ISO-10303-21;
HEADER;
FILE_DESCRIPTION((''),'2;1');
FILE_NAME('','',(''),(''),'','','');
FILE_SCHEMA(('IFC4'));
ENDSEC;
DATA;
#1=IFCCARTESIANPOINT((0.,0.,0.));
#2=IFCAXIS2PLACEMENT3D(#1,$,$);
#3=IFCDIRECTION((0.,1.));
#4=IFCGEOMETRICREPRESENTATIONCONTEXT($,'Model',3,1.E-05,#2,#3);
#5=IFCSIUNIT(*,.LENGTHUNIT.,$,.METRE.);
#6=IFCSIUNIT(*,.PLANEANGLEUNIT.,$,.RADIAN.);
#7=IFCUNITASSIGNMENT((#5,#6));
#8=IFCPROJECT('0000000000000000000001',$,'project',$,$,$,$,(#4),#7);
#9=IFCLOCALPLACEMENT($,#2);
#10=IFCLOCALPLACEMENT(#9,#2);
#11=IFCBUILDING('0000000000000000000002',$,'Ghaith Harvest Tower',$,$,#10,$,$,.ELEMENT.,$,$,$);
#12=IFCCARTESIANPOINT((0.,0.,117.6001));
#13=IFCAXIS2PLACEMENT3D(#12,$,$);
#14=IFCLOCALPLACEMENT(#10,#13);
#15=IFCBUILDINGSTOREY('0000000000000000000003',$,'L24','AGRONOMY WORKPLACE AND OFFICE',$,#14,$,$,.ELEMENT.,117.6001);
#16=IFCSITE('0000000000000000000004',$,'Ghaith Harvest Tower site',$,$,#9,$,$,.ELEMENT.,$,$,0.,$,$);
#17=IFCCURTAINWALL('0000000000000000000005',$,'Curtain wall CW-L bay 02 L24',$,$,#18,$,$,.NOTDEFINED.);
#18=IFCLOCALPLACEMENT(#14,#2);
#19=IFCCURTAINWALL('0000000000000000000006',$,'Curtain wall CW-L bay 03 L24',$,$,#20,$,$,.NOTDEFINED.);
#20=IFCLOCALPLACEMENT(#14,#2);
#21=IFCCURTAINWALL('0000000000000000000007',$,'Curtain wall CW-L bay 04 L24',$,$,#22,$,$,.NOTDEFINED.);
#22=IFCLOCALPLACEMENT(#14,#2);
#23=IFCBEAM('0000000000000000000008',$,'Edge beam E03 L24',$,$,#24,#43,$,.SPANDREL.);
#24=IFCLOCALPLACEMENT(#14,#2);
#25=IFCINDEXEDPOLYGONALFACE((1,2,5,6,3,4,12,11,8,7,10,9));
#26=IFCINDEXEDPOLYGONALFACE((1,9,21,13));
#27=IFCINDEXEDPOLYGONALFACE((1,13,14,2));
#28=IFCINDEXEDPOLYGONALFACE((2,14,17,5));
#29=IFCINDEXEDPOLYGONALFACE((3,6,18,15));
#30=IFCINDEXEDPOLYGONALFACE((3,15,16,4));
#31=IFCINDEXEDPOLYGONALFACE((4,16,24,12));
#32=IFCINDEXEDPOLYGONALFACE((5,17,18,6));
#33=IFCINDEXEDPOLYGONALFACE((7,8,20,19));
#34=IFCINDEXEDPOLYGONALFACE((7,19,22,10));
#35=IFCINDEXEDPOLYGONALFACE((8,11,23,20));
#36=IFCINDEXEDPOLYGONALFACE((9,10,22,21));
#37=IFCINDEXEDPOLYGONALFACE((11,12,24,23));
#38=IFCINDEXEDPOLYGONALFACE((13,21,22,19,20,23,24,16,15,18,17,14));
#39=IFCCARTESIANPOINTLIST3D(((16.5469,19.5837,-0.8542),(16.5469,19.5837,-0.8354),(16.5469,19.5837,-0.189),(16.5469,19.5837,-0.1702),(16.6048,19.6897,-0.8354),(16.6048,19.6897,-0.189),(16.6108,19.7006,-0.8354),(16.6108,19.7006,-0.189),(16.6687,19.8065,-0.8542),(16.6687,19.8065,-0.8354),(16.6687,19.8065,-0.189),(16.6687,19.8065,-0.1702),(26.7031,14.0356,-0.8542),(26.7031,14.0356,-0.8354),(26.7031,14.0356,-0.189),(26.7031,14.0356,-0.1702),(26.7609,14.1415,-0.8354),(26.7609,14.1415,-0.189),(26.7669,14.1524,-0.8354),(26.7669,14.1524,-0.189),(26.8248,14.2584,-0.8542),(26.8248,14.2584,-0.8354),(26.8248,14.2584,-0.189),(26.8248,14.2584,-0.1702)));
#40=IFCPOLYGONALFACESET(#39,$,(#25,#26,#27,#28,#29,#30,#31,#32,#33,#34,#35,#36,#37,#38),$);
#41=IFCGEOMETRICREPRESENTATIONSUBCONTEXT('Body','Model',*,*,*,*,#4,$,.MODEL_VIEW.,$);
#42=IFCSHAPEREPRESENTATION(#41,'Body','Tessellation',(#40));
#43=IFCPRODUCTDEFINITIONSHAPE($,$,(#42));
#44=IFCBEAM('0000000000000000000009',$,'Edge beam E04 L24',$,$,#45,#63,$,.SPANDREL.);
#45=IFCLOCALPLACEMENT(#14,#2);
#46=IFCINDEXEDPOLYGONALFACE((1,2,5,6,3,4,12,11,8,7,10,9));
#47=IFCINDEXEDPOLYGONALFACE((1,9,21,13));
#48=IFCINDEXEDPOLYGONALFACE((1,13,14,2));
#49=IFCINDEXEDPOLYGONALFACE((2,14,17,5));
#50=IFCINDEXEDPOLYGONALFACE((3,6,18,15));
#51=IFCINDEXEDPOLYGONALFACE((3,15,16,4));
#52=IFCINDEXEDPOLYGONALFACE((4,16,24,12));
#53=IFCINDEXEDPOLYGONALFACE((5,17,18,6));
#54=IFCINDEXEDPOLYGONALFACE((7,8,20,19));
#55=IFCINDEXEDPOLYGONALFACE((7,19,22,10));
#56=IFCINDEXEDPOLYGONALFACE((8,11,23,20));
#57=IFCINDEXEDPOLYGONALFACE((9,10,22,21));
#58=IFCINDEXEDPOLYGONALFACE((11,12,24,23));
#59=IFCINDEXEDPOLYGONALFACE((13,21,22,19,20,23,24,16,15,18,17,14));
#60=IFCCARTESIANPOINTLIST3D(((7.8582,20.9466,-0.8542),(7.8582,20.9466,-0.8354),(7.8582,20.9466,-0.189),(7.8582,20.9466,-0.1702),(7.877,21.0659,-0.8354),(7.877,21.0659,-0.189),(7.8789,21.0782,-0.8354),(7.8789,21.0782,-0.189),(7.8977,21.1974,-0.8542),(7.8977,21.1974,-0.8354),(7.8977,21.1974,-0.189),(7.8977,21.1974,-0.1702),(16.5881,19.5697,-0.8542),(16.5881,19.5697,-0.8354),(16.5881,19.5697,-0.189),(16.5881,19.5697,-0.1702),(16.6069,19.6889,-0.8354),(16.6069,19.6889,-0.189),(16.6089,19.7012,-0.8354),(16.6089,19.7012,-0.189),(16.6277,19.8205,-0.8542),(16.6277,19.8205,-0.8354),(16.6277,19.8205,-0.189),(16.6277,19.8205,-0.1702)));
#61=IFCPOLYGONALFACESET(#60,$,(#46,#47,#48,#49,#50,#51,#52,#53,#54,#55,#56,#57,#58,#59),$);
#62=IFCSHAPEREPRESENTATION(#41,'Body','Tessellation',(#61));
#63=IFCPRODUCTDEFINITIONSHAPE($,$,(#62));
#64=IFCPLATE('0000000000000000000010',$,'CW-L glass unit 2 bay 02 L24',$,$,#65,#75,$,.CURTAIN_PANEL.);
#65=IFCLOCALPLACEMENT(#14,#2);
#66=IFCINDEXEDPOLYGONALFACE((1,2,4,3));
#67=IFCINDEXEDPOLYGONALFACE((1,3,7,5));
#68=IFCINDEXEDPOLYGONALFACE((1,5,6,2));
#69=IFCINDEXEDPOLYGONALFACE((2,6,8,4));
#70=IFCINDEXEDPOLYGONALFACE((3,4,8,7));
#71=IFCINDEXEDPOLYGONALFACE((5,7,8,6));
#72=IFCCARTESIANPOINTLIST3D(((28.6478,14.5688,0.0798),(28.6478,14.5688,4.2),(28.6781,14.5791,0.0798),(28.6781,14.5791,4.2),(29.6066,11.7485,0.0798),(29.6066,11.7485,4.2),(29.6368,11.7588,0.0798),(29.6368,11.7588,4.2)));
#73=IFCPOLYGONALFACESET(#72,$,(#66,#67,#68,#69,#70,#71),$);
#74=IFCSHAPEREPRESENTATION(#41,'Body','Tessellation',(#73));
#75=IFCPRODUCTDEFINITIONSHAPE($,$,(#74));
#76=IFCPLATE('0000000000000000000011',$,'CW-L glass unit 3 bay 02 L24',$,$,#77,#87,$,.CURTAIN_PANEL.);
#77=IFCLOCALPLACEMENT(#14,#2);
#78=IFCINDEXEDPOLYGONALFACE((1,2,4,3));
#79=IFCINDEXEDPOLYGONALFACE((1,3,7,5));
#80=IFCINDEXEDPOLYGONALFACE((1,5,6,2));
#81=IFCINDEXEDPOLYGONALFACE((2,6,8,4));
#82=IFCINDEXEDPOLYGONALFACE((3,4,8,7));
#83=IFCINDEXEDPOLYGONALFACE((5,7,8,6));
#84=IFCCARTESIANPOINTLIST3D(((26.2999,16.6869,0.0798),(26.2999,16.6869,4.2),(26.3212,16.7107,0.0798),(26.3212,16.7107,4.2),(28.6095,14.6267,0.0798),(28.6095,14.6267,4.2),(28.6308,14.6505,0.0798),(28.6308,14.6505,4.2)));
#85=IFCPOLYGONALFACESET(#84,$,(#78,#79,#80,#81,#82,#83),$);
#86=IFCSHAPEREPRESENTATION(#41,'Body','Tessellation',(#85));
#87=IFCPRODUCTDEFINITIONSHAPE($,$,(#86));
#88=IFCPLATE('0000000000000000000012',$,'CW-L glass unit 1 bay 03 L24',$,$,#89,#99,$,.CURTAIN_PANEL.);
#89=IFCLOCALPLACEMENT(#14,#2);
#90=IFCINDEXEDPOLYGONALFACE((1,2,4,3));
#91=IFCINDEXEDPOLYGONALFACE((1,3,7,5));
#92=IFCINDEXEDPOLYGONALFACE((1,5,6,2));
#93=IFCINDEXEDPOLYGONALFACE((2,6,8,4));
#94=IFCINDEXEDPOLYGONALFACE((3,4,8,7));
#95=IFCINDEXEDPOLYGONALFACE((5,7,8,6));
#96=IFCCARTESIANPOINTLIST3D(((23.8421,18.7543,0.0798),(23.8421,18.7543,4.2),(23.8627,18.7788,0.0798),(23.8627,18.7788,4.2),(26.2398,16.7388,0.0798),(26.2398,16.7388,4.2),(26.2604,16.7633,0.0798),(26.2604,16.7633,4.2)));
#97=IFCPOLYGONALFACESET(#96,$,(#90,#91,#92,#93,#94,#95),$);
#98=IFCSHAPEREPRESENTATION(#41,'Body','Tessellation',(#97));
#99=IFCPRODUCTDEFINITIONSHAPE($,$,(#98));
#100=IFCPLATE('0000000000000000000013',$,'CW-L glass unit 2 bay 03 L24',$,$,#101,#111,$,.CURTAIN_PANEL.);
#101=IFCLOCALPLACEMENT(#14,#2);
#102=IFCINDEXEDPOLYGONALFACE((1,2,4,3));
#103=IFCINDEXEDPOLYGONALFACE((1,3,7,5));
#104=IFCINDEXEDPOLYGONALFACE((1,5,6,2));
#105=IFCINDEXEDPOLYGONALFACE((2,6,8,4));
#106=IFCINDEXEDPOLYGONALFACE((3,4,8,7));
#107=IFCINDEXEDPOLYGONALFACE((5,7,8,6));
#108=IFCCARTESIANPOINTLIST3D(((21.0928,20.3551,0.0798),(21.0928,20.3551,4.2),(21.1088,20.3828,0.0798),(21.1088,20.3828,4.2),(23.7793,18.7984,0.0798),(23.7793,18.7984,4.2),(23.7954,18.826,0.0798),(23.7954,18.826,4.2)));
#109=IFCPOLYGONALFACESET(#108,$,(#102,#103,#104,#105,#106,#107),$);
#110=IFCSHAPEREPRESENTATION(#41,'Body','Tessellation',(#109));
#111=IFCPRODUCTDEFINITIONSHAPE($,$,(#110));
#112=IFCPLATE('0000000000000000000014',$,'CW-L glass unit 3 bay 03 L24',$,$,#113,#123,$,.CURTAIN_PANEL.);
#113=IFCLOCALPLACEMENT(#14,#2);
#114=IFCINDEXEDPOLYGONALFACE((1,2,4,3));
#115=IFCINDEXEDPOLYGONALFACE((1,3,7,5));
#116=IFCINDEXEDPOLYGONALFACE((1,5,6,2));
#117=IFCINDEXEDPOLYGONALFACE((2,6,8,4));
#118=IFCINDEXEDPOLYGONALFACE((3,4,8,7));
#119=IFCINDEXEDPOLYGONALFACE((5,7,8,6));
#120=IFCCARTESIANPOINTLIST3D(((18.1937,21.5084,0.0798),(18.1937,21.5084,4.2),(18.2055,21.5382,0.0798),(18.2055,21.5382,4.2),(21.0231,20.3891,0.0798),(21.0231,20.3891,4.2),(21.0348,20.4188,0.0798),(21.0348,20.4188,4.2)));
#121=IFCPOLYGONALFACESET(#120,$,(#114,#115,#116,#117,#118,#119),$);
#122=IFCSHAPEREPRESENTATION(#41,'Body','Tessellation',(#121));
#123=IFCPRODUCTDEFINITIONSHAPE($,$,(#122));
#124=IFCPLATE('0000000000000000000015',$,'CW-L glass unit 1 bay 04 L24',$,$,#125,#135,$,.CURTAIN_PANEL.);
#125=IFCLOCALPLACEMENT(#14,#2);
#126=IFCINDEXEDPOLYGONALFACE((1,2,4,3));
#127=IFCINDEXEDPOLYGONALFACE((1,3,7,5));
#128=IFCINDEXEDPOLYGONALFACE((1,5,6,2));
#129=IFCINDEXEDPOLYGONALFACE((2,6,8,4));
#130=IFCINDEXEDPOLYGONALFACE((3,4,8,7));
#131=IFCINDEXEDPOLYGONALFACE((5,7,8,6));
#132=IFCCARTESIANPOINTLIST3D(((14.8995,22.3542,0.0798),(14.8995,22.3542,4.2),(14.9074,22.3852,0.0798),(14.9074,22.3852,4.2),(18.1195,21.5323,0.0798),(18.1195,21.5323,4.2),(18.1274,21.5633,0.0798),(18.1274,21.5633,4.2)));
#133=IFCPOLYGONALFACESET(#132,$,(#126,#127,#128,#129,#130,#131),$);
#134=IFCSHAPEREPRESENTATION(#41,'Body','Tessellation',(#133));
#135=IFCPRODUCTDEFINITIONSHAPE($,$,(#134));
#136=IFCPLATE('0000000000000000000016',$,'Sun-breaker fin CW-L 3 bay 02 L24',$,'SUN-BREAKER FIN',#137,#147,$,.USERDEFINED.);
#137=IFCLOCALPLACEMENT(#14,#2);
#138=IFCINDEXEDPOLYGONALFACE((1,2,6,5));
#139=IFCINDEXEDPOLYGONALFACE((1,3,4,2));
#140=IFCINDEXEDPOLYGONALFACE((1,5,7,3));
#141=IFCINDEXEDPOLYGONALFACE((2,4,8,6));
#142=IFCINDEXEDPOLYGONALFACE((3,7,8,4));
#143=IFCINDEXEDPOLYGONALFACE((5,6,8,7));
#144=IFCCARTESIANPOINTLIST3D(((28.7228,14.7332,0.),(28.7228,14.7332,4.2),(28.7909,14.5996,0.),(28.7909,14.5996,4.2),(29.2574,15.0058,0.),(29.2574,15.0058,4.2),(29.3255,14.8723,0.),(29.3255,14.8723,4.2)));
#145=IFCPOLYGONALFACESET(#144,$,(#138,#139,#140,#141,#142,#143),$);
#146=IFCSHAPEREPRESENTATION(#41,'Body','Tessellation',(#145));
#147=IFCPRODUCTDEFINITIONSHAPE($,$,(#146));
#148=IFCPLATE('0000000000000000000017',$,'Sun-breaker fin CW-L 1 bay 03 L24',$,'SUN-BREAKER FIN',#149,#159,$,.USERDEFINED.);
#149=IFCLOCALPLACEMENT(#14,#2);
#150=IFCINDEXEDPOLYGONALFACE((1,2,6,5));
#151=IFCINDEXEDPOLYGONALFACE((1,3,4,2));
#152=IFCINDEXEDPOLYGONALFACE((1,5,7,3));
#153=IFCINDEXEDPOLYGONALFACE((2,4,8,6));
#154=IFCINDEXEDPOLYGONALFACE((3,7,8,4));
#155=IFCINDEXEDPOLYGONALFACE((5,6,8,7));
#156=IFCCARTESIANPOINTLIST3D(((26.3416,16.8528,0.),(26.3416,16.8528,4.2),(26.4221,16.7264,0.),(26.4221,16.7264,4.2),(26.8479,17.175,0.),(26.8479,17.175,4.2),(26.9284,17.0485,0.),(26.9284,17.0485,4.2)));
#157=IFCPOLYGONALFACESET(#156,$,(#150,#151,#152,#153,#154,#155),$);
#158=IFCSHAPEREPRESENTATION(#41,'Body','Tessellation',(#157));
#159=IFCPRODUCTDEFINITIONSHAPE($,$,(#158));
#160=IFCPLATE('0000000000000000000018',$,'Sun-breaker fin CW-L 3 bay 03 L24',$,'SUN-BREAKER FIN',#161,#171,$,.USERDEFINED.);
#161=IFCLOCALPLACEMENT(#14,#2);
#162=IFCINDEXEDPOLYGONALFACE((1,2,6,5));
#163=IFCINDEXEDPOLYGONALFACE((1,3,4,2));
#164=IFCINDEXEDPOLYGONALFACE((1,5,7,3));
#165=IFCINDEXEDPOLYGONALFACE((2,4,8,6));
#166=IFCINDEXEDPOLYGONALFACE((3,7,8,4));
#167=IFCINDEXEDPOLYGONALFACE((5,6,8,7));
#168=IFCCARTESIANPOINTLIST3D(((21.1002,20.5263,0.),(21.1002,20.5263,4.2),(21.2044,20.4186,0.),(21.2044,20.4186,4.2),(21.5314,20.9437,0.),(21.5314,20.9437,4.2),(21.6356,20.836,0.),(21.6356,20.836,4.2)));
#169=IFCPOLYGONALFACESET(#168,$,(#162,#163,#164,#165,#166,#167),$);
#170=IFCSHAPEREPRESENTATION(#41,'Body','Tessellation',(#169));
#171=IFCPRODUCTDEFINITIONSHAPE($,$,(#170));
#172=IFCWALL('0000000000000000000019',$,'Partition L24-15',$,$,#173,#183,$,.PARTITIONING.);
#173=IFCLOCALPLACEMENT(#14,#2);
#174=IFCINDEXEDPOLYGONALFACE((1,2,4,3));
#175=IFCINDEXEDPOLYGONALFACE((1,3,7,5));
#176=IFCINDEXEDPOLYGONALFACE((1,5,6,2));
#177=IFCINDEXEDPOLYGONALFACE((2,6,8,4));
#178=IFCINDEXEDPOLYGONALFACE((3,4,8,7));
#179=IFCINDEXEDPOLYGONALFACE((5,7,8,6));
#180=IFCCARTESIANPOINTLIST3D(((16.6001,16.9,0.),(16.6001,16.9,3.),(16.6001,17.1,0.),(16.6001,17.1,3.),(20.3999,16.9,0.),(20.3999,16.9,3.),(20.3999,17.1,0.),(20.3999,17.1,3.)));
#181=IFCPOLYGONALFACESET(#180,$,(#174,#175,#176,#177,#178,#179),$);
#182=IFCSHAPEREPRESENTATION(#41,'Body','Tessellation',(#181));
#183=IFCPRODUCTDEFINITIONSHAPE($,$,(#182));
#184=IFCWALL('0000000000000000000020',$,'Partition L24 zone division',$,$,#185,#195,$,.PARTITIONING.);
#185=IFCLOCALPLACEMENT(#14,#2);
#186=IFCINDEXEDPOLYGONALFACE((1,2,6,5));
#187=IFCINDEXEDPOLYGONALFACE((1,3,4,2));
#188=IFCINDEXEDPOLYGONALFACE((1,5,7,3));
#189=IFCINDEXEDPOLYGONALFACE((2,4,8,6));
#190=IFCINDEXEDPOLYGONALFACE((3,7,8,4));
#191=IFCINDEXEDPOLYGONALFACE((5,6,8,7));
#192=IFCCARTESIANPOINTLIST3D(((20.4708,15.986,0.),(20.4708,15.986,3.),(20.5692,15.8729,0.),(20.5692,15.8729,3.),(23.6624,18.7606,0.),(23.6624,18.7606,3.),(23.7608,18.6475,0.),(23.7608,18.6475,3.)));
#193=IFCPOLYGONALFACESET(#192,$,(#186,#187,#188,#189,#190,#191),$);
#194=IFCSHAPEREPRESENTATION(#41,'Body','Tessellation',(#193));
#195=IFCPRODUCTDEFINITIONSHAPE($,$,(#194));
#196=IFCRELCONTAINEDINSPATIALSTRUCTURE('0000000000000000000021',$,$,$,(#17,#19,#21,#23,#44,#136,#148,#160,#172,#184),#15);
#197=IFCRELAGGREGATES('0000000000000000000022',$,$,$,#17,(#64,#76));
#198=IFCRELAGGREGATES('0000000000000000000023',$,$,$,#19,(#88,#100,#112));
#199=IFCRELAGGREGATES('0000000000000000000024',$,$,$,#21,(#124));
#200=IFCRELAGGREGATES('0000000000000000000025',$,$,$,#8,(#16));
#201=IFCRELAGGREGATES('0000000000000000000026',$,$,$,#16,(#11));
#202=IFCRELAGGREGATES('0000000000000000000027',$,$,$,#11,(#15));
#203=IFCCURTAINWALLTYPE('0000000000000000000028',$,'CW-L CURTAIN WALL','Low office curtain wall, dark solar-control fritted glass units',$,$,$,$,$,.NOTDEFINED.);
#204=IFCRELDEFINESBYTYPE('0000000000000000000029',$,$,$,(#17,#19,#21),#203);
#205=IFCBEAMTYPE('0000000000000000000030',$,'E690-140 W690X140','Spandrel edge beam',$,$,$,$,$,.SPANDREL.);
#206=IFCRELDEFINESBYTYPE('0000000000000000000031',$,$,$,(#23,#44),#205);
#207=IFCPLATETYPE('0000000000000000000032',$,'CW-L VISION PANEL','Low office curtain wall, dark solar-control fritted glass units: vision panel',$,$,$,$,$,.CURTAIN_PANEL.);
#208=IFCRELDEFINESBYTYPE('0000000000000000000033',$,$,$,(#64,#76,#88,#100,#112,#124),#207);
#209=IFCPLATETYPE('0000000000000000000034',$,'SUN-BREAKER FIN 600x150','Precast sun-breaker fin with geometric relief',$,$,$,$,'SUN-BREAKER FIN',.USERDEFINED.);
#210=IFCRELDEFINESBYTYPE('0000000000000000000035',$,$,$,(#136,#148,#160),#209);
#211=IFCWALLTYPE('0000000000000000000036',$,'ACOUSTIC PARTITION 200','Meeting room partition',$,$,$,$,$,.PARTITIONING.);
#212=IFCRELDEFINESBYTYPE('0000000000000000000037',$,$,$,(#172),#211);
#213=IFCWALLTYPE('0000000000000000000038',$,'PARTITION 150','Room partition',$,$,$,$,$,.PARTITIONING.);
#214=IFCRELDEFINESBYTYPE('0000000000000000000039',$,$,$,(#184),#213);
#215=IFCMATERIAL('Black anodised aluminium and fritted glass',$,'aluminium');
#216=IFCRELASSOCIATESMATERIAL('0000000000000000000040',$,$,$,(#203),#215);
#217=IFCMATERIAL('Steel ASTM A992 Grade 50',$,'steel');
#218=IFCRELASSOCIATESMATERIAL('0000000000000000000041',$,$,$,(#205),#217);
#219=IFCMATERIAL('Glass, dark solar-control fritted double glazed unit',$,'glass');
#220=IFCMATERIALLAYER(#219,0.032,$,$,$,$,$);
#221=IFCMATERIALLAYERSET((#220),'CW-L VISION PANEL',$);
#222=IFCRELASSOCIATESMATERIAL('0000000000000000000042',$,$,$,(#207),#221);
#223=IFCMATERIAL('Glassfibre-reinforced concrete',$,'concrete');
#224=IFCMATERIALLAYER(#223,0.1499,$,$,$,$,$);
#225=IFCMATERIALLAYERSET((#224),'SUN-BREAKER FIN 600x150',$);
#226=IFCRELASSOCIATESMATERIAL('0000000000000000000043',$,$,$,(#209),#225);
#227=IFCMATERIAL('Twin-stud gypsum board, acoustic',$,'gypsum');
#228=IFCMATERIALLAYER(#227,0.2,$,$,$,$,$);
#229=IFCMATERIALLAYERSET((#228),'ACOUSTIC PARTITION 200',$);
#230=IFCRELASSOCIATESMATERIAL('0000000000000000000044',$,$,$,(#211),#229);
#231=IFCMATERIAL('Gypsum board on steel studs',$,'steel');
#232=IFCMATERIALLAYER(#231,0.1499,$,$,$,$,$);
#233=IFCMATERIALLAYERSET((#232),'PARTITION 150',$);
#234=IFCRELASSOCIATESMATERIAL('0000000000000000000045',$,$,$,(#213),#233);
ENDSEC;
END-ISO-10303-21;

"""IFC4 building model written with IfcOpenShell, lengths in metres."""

from ifc_helpers import new_model, si_unit, direction, frame, frame_2d, origin, origin_2d, place, context, subcontext, project, spatial, rectangle, i_section, extrude, material, layer, layer_set, material_profile, profile_set, type_object, element, aggregate, save


model = new_model("IFC4")

# Units and contexts
model_context = context("Model", 3, precision=1e-05, world=origin(), true_north=direction((0.0, 1.0)))
body_context = subcontext(model_context, "Body", "Model", "MODEL_VIEW")
ifc_project = project(units=[si_unit("LENGTHUNIT", "METRE"), si_unit("PLANEANGLEUNIT", "RADIAN")], contexts=[model_context])

# Site, building, storey
site_placement = place(None, origin())
site = spatial("IfcSite", under=ifc_project, at=site_placement, Name="Ghaith Harvest Tower site", CompositionType="ELEMENT", RefElevation=0.0)
building_placement = place(site_placement, origin())
building = spatial("IfcBuilding", under=site, at=building_placement, Name="Ghaith Harvest Tower", CompositionType="ELEMENT")
storey_placement = place(building_placement, frame((0.0, 0.0, 117.6001)))
storey = spatial("IfcBuildingStorey", under=building, at=storey_placement, Name="L24", Description="AGRONOMY WORKPLACE AND OFFICE", CompositionType="ELEMENT", Elevation=117.6001)

# Curtain wall
ifc_material_1 = material(Name="Black anodised aluminium and fritted glass", Category="aluminium")
curtain_wall_type = type_object("IfcCurtainWallType", Name="CW-L CURTAIN WALL", Description="Low office curtain wall, dark solar-control fritted glass units", PredefinedType="NOTDEFINED", material=ifc_material_1)
curtain_wall_1_placement = place(storey_placement, origin())
curtain_wall_1 = element("IfcCurtainWall", 1, at=curtain_wall_1_placement, inside=storey, type_object=curtain_wall_type, Name="Curtain wall CW-L bay 02 L24", PredefinedType="NOTDEFINED")

# Curtain walls
curtain_wall_2_placement = place(storey_placement, origin())
curtain_wall_2 = element("IfcCurtainWall", 2, at=curtain_wall_2_placement, inside=storey, type_object=curtain_wall_type, Name="Curtain wall CW-L bay 03 L24", PredefinedType="NOTDEFINED")
curtain_wall_3_placement = place(storey_placement, origin())
curtain_wall_3 = element("IfcCurtainWall", 3, at=curtain_wall_3_placement, inside=storey, type_object=curtain_wall_type, Name="Curtain wall CW-L bay 04 L24", PredefinedType="NOTDEFINED")

# Beams
ifc_material_2 = material(Name="Steel ASTM A992 Grade 50", Category="steel")
ifc_material_profile_1 = material_profile(ifc_material_2, i_section(OverallWidth=0.2539, OverallDepth=0.6841, WebThickness=0.0125, FlangeThickness=0.0188, at=origin_2d()), Name="W690X140")
ifc_profile_set_1 = profile_set([ifc_material_profile_1], Name="Steel ASTM A992 Grade 50")
beam_type = type_object("IfcBeamType", Name="E690-140 W690X140", Description="Spandrel edge beam", PredefinedType="SPANDREL", material=ifc_profile_set_1)
beam_1_placement = place(storey_placement, frame((26.7639, 14.147, -0.5122), z_axis=(-0.877588, 0.479415, 0.0), x_axis=(-0.479415, -0.877588, 0.0)))
element("IfcBeam", 4, at=beam_1_placement, inside=storey, type_object=beam_type, Name="Edge beam E03 L24", PredefinedType="SPANDREL", context=body_context, shape_type="SweptSolid", body=[
    extrude(i_section(OverallWidth=0.2539, OverallDepth=0.6841, WebThickness=0.0125, FlangeThickness=0.0188, at=origin_2d()), origin(), (0.0, 0.0, 1.0), 11.5728),
])
beam_2_placement = place(storey_placement, frame((16.6079, 19.6951, -0.5122), z_axis=(-0.987788, 0.155801, 0.0), x_axis=(-0.155801, -0.987788, 0.0)))
element("IfcBeam", 5, at=beam_2_placement, inside=storey, type_object=beam_type, Name="Edge beam E04 L24", PredefinedType="SPANDREL", context=body_context, shape_type="SweptSolid", body=[
    extrude(i_section(OverallWidth=0.2539, OverallDepth=0.6841, WebThickness=0.0125, FlangeThickness=0.0188, at=origin_2d()), origin(), (0.0, 0.0, 1.0), 8.8379),
])

# Plates
ifc_material_3 = material(Name="Glass, dark solar-control fritted double glazed unit", Category="glass")
ifc_layer_1 = layer(ifc_material_3, 0.032)
ifc_layer_set_1 = layer_set([ifc_layer_1], Name="CW-L VISION PANEL")
plate_type_1 = type_object("IfcPlateType", Name="CW-L VISION PANEL", Description="Low office curtain wall, dark solar-control fritted glass units: vision panel", PredefinedType="CURTAIN_PANEL", material=ifc_layer_set_1)
plate_1_placement = place(storey_placement, frame((29.1423, 13.1638, 0.0798), z_axis=(0.0, 0.0, 1.0), x_axis=(-0.321853, 0.94679, 0.0)))
plate_1 = element("IfcPlate", 6, at=plate_1_placement, type_object=plate_type_1, Name="CW-L glass unit 2 bay 02 L24", PredefinedType="CURTAIN_PANEL", context=body_context, shape_type="SweptSolid", body=[
    extrude(rectangle(XDim=2.9788, YDim=0.032, at=origin_2d()), origin(), (0.0, 0.0, 1.0), 4.1201),
])
plate_2_placement = place(storey_placement, frame((27.4653, 15.6687, 0.0798), z_axis=(0.0, 0.0, 1.0), x_axis=(-0.746251, 0.665665, 0.0)))
plate_2 = element("IfcPlate", 7, at=plate_2_placement, type_object=plate_type_1, Name="CW-L glass unit 3 bay 02 L24", PredefinedType="CURTAIN_PANEL", context=body_context, shape_type="SweptSolid", body=[
    extrude(rectangle(XDim=3.095, YDim=0.032, at=origin_2d()), origin(), (0.0, 0.0, 1.0), 4.1201),
])
aggregate(curtain_wall_1, [plate_1, plate_2])
plate_3_placement = place(storey_placement, frame((25.0513, 17.7588, 0.0798), z_axis=(0.0, 0.0, 1.0), x_axis=(-0.765473, 0.643468, 0.0)))
plate_3 = element("IfcPlate", 8, at=plate_3_placement, type_object=plate_type_1, Name="CW-L glass unit 1 bay 03 L24", PredefinedType="CURTAIN_PANEL", context=body_context, shape_type="SweptSolid", body=[
    extrude(rectangle(XDim=3.1323, YDim=0.032, at=origin_2d()), origin(), (0.0, 0.0, 1.0), 4.1201),
])
plate_4_placement = place(storey_placement, frame((22.4441, 19.5906, 0.0798), z_axis=(0.0, 0.0, 1.0), x_axis=(-0.865232, 0.501372, 0.0)))
plate_4 = element("IfcPlate", 9, at=plate_4_placement, type_object=plate_type_1, Name="CW-L glass unit 2 bay 03 L24", PredefinedType="CURTAIN_PANEL", context=body_context, shape_type="SweptSolid", body=[
    extrude(rectangle(XDim=3.105, YDim=0.032, at=origin_2d()), origin(), (0.0, 0.0, 1.0), 4.1201),
])
plate_5_placement = place(storey_placement, frame((19.6143, 20.9636, 0.0798), z_axis=(0.0, 0.0, 1.0), x_axis=(-0.929877, 0.367872, 0.0)))
plate_5 = element("IfcPlate", 10, at=plate_5_placement, type_object=plate_type_1, Name="CW-L glass unit 3 bay 03 L24", PredefinedType="CURTAIN_PANEL", context=body_context, shape_type="SweptSolid", body=[
    extrude(rectangle(XDim=3.0427, YDim=0.032, at=origin_2d()), origin(), (0.0, 0.0, 1.0), 4.1201),
])
aggregate(curtain_wall_2, [plate_3, plate_4, plate_5])
plate_6_placement = place(storey_placement, frame((16.5134, 21.9587, 0.0798), z_axis=(0.0, 0.0, 1.0), x_axis=(-0.968931, 0.247331, 0.0)))
plate_6 = element("IfcPlate", 11, at=plate_6_placement, type_object=plate_type_1, Name="CW-L glass unit 1 bay 04 L24", PredefinedType="CURTAIN_PANEL", context=body_context, shape_type="SweptSolid", body=[
    extrude(rectangle(XDim=3.3232, YDim=0.032, at=origin_2d()), origin(), (0.0, 0.0, 1.0), 4.1201),
])
aggregate(curtain_wall_3, [plate_6])

# Plates
ifc_material_4 = material(Name="Glassfibre-reinforced concrete", Category="concrete")
ifc_layer_2 = layer(ifc_material_4, 0.1499)
ifc_layer_set_2 = layer_set([ifc_layer_2], Name="SUN-BREAKER FIN 600x150")
plate_type_2 = type_object("IfcPlateType", Name="SUN-BREAKER FIN 600x150", Description="Precast sun-breaker fin with geometric relief", ElementType="SUN-BREAKER FIN", PredefinedType="USERDEFINED", material=ifc_layer_set_2)
for number, where, z_axis, x_axis, name in (
    (12, (29.0242, 14.8027, 0.0), (0.0, 0.0, 1.0), (0.890831, 0.454335, 0.0), "Sun-breaker fin CW-L 3 bay 02 L24"),
    (13, (26.635, 16.9507, 0.0), (0.0, 0.0, 1.0), (0.843644, 0.536903, 0.0), "Sun-breaker fin CW-L 1 bay 03 L24"),
    (14, (21.3679, 20.6812, 0.0), (0.0, 0.0, 1.0), (0.718559, 0.695466, 0.0), "Sun-breaker fin CW-L 3 bay 03 L24"),
):
    element("IfcPlate", number, at=place(storey_placement, frame(where, z_axis=z_axis, x_axis=x_axis)), inside=storey, type_object=plate_type_2, Name=name, ObjectType="SUN-BREAKER FIN", PredefinedType="USERDEFINED", context=body_context, shape_type="SweptSolid", body=[
        extrude(rectangle(XDim=0.6001, YDim=0.1499, at=origin_2d()), origin(), (0.0, 0.0, 1.0), 4.2),
    ])

# Walls
ifc_material_5 = material(Name="Twin-stud gypsum board, acoustic", Category="gypsum")
ifc_layer_3 = layer(ifc_material_5, 0.2)
ifc_layer_set_3 = layer_set([ifc_layer_3], Name="ACOUSTIC PARTITION 200")
wall_type_1 = type_object("IfcWallType", Name="ACOUSTIC PARTITION 200", Description="Meeting room partition", PredefinedType="PARTITIONING", material=ifc_layer_set_3)
wall_1_placement = place(storey_placement, frame((16.6001, 17.0, 0.0), z_axis=(0.0, 0.0, 1.0), x_axis=(1.0, 0.0, 0.0)))
element("IfcWall", 15, at=wall_1_placement, inside=storey, type_object=wall_type_1, Name="Partition L24-15", PredefinedType="PARTITIONING", context=body_context, shape_type="SweptSolid", body=[
    extrude(rectangle(XDim=3.7998, YDim=0.2, at=frame_2d((1.8999, 0.0))), origin(), (0.0, 0.0, 1.0), 3.0),
])
ifc_material_6 = material(Name="Gypsum board on steel studs", Category="steel")
ifc_layer_4 = layer(ifc_material_6, 0.1499)
ifc_layer_set_4 = layer_set([ifc_layer_4], Name="PARTITION 150")
wall_type_2 = type_object("IfcWallType", Name="PARTITION 150", Description="Room partition", PredefinedType="PARTITIONING", material=ifc_layer_set_4)
wall_2_placement = place(storey_placement, frame((20.52, 15.9294, 0.0), z_axis=(0.0, 0.0, 1.0), x_axis=(0.754686, 0.656086, 0.0)))
element("IfcWall", 16, at=wall_2_placement, inside=storey, type_object=wall_type_2, Name="Partition L24 zone division", PredefinedType="PARTITIONING", context=body_context, shape_type="SweptSolid", body=[
    extrude(rectangle(XDim=4.229, YDim=0.1499, at=frame_2d((2.1145, 0.0))), origin(), (0.0, 0.0, 1.0), 3.0),
])

save(model, "model.ifc")
